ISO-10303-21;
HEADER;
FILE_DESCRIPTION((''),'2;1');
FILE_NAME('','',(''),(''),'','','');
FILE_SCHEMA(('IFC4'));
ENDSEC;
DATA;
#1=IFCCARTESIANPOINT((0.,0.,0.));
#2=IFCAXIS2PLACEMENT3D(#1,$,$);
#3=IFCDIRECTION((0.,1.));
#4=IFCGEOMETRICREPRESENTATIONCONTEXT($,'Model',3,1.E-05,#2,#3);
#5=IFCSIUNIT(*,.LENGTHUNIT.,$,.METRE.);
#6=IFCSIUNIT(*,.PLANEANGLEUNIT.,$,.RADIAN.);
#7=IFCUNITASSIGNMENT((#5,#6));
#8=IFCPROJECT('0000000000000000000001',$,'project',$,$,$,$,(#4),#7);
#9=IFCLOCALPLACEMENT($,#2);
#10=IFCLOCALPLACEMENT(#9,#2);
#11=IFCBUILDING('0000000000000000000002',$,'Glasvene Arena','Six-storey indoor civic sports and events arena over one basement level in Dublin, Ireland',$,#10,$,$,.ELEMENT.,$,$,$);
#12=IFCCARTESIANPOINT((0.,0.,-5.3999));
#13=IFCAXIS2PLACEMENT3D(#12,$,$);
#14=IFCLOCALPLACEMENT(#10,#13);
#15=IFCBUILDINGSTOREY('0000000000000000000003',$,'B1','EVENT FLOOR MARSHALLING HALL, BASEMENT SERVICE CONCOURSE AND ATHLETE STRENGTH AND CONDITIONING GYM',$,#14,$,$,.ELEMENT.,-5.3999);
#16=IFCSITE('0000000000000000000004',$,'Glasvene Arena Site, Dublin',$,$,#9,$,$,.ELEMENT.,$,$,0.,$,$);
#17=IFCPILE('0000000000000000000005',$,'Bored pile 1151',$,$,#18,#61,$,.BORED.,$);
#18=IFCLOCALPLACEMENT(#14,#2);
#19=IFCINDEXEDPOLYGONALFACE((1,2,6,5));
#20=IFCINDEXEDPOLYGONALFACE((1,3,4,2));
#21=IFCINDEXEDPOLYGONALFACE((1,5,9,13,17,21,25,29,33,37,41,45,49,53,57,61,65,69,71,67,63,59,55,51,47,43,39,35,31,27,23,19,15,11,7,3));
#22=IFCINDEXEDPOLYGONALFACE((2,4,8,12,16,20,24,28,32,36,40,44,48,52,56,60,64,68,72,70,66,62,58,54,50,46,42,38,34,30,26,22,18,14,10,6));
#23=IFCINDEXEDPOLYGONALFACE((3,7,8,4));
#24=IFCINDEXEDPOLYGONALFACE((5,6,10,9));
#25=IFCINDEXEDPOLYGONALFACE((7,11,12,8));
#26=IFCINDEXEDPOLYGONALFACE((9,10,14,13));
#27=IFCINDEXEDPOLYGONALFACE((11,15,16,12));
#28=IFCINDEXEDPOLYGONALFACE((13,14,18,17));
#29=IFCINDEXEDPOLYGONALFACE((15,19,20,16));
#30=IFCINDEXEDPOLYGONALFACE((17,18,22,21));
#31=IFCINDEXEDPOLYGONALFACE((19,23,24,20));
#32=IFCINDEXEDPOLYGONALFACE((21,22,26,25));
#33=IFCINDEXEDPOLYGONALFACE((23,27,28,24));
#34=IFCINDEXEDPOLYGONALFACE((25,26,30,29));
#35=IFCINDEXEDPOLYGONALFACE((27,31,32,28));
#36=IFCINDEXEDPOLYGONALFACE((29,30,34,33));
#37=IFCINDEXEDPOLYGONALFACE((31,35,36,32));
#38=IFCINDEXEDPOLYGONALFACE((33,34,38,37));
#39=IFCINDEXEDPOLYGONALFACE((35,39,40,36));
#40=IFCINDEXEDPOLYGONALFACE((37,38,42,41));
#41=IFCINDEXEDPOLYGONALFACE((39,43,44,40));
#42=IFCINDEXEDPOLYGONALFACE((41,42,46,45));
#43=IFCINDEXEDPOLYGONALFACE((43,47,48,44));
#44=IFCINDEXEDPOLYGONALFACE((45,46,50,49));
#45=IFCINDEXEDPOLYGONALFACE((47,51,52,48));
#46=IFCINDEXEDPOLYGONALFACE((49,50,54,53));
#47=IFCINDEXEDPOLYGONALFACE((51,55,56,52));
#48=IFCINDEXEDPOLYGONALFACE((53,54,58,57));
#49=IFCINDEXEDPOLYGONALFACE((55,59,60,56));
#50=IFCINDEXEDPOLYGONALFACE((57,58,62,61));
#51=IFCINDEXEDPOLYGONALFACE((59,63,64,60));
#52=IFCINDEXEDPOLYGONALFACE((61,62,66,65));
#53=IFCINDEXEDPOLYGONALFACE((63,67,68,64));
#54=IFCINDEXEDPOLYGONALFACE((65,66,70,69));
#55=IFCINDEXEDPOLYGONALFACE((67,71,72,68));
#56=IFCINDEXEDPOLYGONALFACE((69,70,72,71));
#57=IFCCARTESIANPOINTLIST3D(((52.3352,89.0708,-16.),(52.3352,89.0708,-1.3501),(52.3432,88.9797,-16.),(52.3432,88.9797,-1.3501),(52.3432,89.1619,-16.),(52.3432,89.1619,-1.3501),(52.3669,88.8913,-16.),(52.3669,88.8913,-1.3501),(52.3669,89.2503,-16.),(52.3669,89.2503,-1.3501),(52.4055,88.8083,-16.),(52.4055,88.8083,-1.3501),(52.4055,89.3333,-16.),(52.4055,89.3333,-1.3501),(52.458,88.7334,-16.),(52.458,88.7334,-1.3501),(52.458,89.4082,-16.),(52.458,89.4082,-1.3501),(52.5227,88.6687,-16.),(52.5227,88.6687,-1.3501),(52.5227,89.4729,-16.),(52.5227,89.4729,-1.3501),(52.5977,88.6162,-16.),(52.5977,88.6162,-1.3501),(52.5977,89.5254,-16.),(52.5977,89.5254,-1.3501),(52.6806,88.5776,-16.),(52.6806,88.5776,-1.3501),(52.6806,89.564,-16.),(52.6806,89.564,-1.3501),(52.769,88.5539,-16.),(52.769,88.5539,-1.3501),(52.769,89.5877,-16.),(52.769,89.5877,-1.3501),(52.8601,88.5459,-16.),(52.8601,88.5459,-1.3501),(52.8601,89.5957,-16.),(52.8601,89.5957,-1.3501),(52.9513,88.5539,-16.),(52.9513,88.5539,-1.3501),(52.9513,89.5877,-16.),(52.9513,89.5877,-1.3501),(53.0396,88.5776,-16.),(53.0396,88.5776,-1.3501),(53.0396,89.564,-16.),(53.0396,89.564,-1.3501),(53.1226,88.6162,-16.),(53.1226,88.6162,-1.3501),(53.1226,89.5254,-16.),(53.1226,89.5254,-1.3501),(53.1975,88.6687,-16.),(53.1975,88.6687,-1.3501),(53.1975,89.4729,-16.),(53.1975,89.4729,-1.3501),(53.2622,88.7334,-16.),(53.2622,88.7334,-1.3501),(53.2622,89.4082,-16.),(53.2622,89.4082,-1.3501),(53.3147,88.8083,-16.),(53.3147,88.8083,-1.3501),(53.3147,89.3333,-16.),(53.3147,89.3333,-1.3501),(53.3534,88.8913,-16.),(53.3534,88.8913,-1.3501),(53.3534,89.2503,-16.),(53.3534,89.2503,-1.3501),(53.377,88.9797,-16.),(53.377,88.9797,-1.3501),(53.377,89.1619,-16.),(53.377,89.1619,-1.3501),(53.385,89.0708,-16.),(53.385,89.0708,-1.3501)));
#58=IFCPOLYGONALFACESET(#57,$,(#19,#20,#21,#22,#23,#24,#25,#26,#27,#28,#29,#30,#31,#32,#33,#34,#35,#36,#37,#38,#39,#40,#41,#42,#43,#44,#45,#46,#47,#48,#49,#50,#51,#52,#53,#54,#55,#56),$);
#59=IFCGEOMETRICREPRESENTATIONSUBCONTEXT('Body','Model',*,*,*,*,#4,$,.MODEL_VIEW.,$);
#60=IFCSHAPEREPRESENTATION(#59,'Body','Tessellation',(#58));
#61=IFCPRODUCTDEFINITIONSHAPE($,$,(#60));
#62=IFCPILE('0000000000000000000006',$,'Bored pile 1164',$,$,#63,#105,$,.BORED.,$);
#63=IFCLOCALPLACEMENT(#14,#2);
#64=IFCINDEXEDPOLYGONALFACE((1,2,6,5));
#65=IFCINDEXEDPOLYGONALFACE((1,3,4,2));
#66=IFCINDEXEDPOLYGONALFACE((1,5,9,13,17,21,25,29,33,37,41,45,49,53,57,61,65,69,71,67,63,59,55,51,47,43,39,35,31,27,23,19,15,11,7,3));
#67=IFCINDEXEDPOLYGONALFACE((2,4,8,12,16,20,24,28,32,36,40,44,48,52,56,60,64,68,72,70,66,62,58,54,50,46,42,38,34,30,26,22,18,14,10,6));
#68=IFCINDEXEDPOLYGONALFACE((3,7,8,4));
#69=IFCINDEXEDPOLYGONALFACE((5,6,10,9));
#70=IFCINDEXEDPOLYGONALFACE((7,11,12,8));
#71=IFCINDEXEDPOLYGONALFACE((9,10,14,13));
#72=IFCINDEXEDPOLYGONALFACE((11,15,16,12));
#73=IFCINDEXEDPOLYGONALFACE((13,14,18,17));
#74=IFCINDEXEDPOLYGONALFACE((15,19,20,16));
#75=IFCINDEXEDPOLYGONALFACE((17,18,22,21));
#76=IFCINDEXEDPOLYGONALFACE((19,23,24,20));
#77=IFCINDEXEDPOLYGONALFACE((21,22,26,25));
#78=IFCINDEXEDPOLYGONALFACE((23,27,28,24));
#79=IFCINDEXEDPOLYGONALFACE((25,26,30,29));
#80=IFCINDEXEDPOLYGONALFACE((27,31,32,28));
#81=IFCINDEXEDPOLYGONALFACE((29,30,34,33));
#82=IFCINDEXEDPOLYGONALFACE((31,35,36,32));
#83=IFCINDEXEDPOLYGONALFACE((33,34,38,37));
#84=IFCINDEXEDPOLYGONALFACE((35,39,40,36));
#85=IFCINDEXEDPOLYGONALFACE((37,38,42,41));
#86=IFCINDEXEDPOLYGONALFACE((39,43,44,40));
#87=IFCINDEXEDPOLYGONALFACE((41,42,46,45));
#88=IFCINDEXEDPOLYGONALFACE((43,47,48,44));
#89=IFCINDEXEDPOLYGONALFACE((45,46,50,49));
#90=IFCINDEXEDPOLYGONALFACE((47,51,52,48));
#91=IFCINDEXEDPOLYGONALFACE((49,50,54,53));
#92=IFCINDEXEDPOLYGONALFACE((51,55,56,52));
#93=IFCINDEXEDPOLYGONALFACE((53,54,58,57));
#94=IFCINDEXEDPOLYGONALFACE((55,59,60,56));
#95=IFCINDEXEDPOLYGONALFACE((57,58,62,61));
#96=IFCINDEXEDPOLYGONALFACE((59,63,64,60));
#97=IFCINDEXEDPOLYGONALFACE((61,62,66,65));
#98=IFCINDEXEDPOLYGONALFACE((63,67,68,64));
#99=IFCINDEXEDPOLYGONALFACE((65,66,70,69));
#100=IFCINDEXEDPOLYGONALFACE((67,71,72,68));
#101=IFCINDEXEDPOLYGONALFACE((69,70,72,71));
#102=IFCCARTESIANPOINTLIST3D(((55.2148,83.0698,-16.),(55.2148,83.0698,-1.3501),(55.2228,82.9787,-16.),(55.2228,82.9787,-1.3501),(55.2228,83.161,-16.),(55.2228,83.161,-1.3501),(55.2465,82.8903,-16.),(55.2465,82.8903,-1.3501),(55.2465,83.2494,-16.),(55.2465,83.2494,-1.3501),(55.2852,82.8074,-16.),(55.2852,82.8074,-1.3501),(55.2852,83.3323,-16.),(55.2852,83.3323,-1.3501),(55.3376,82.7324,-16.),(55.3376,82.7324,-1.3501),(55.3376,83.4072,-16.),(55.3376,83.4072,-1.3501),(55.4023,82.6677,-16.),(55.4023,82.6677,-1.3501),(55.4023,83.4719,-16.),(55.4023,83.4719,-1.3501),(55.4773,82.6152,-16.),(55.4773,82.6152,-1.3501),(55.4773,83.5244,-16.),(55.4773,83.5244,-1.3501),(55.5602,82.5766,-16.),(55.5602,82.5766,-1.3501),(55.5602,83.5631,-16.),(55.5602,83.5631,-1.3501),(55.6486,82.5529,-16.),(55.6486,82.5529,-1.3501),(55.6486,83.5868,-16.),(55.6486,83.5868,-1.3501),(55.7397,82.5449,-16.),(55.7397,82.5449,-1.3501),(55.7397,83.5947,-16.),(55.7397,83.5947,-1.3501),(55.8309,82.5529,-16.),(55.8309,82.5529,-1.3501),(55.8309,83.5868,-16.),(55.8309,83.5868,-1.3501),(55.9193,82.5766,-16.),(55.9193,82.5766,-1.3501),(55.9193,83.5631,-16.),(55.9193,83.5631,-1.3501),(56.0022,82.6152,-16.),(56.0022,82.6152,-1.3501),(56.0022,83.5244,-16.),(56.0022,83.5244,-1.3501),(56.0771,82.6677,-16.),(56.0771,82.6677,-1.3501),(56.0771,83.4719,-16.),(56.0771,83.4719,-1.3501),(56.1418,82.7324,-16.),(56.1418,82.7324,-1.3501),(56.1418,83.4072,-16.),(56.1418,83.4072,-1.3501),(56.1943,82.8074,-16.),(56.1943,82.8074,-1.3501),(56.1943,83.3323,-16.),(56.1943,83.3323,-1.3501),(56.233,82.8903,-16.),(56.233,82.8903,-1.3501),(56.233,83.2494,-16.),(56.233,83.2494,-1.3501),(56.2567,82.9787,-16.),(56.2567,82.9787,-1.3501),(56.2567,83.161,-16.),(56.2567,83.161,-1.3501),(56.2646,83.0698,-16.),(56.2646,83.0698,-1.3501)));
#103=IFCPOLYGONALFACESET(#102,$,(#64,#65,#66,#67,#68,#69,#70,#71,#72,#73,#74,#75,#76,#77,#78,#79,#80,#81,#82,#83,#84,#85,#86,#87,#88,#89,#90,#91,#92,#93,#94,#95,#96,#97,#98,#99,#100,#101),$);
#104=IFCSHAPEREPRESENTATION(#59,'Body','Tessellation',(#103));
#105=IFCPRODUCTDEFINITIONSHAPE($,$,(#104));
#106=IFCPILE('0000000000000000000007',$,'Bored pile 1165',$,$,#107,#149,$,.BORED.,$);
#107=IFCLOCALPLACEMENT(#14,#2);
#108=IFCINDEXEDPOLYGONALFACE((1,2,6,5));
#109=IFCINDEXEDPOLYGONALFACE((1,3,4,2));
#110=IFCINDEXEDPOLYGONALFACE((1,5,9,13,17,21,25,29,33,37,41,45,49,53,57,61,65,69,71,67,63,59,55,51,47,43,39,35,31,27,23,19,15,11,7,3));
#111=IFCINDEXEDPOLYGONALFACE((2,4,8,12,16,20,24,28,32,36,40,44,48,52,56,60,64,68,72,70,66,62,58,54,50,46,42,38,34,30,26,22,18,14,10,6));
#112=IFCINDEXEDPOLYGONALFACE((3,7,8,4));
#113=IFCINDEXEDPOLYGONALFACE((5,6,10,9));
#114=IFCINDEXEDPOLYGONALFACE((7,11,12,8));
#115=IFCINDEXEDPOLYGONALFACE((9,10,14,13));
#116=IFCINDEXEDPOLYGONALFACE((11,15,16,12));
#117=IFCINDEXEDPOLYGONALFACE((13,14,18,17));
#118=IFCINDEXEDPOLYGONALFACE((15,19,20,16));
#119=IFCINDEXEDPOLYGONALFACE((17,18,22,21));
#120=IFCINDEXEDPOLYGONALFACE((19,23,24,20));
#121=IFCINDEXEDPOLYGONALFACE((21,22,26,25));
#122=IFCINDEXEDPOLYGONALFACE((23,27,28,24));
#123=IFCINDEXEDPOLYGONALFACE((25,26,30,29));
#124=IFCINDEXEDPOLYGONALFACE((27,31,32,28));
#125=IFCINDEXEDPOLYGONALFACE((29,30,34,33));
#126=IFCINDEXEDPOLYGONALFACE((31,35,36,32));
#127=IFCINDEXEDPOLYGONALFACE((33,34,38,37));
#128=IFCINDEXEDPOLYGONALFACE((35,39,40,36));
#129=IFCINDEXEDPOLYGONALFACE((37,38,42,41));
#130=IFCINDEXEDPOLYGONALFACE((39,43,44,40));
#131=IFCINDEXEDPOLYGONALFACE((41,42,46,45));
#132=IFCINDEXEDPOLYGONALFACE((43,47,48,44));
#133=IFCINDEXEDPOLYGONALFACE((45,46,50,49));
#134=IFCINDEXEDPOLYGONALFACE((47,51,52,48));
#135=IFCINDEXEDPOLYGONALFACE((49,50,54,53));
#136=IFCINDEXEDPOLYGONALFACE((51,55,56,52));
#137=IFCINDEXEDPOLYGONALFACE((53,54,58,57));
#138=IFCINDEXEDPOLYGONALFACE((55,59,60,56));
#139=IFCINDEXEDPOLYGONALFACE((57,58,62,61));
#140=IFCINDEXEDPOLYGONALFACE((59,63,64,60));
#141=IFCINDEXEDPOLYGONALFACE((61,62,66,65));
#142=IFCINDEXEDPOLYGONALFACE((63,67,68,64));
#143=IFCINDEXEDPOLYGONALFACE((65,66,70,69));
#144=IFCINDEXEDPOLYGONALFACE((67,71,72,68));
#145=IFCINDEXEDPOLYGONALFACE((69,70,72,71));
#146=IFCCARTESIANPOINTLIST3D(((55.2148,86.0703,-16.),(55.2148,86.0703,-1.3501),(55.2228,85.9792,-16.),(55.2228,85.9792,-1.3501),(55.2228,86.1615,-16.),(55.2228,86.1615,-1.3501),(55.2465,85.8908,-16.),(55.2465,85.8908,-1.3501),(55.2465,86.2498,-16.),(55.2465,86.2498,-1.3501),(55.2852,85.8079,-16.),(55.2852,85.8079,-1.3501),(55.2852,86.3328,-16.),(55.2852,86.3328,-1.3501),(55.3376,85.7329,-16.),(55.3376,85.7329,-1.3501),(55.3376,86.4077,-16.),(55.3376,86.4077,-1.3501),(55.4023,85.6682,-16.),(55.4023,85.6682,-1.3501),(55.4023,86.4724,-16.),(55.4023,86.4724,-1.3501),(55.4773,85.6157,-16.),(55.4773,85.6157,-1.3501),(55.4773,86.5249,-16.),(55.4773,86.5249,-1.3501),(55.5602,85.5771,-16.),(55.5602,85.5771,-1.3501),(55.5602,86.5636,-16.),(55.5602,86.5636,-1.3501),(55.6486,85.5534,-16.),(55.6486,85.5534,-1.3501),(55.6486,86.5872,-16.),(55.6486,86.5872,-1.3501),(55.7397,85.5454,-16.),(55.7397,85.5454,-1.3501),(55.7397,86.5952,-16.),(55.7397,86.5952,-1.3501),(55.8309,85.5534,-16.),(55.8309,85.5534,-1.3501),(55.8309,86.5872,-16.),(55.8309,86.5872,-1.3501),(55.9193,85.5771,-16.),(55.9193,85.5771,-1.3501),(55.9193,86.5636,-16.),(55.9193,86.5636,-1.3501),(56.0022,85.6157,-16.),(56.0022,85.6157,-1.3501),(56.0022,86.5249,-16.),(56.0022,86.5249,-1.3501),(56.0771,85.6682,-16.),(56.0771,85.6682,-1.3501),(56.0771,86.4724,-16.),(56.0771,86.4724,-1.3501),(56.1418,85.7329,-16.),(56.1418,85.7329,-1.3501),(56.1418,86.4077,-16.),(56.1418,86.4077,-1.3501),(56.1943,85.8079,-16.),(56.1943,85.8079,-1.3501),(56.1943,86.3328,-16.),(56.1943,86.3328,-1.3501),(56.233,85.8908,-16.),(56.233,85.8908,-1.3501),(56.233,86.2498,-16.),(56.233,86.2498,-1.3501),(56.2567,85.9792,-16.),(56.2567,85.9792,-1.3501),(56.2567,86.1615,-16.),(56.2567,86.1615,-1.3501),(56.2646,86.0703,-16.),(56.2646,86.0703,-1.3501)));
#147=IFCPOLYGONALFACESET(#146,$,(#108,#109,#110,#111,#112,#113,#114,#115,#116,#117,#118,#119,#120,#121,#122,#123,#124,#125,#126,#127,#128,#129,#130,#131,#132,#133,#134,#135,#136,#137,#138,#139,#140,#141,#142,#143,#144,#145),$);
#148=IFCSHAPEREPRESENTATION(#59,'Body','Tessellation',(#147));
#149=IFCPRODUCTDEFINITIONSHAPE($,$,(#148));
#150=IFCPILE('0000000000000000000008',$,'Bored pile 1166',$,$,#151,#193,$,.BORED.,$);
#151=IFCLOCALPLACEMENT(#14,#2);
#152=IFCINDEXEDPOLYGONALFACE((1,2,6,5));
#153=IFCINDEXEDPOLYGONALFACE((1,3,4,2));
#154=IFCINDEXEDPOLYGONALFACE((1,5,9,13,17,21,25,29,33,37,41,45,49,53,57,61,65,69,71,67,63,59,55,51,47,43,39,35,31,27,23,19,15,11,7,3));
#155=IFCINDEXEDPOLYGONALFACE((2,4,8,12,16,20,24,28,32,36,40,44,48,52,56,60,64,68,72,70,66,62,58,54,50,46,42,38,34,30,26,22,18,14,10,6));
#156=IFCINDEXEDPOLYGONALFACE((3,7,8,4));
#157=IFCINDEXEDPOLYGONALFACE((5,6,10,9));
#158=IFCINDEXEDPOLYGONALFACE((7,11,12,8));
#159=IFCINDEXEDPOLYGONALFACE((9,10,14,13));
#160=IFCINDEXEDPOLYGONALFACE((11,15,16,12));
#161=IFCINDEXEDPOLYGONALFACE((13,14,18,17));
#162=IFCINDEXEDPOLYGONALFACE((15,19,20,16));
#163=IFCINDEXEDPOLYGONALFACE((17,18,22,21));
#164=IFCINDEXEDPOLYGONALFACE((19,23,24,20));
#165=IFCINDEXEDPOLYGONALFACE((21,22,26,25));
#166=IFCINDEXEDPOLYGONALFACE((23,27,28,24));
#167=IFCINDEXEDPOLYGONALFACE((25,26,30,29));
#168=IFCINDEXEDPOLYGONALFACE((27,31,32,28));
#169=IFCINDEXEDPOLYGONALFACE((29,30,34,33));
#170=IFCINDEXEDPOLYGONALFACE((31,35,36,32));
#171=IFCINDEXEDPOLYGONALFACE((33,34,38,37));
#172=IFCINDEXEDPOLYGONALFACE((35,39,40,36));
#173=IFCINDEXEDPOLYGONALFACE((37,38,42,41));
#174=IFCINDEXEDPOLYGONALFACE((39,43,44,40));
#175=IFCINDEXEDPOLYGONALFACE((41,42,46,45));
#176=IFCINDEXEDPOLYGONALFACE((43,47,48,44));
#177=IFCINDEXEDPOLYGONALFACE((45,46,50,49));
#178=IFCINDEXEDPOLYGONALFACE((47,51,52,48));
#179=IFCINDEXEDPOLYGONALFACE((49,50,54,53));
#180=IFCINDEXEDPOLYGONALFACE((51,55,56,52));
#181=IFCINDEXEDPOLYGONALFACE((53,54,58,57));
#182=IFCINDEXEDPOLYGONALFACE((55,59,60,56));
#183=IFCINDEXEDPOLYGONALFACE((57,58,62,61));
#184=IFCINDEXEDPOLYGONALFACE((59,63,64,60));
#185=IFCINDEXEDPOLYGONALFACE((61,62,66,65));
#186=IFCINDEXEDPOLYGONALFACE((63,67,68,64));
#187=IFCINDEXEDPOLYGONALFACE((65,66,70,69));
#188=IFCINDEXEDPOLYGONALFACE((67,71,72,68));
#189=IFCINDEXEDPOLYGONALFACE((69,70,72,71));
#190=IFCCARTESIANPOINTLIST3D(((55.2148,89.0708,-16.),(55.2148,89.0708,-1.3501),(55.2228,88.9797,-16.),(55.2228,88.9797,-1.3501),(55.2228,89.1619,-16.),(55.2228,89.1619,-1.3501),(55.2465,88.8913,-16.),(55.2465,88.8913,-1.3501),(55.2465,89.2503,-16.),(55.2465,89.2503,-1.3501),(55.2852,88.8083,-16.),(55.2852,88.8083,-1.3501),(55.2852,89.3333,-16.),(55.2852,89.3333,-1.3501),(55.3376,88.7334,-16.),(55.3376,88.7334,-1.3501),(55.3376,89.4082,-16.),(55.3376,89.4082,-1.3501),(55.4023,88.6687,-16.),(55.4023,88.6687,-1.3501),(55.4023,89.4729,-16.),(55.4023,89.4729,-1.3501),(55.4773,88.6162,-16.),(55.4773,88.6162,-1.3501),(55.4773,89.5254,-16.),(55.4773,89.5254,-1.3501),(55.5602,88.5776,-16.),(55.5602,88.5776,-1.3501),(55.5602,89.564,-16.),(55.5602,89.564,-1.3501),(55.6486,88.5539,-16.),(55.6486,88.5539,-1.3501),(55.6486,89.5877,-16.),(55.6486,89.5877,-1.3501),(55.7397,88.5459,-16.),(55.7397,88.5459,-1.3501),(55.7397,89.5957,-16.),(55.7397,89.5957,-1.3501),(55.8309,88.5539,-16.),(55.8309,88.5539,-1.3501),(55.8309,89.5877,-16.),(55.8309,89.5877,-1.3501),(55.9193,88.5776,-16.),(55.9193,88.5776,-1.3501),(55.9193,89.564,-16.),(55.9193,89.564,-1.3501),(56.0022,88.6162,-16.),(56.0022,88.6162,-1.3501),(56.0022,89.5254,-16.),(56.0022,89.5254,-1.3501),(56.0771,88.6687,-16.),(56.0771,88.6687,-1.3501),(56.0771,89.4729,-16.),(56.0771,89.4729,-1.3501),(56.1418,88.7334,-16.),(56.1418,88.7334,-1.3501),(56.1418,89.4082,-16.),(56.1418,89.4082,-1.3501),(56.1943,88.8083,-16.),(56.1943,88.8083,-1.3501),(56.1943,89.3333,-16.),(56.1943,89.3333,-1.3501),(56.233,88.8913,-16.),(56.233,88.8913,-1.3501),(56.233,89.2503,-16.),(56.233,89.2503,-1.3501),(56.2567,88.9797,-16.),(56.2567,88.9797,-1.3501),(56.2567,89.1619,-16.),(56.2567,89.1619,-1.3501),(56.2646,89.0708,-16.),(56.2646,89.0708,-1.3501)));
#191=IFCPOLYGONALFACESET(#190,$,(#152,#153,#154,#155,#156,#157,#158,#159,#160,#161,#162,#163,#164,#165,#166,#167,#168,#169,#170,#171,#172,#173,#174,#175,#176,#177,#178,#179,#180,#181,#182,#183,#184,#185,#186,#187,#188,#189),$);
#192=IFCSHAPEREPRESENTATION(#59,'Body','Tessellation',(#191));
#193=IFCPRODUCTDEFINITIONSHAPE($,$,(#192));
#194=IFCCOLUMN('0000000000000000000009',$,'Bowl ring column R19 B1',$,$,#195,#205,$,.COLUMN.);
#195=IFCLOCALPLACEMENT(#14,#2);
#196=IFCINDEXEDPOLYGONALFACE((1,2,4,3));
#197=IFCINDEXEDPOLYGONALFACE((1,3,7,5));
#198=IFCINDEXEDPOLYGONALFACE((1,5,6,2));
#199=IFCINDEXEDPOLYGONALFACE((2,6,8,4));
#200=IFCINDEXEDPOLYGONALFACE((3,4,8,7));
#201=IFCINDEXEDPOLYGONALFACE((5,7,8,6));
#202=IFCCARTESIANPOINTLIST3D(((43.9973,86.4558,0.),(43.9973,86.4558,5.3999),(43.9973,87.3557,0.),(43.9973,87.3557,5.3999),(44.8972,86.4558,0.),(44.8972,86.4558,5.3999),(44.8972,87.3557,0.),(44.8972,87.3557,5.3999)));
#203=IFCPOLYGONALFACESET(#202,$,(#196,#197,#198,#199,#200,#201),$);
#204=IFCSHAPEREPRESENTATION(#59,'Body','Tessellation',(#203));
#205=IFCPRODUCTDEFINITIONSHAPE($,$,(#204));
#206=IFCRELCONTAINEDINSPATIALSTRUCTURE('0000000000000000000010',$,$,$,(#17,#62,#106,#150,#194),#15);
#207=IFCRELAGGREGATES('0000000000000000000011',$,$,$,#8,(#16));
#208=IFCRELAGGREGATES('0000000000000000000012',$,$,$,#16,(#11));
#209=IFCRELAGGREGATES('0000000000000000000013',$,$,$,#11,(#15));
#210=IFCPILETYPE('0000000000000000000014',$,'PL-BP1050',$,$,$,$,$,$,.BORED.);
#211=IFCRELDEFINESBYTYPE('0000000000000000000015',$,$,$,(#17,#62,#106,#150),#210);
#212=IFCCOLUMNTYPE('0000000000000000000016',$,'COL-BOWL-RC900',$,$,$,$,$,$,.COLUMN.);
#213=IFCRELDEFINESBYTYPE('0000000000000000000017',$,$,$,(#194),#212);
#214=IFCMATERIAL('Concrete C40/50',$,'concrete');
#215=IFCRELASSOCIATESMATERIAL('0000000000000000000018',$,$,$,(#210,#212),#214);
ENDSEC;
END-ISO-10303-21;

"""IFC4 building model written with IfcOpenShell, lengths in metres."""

from ifc_helpers import new_model, si_unit, direction, frame, origin, origin_2d, place, context, subcontext, project, spatial, rectangle, circle, extrude, material, material_profile, profile_set, type_object, element, save


model = new_model("IFC4")

# Units and contexts
model_context = context("Model", 3, precision=1e-05, world=origin(), true_north=direction((0.0, 1.0)))
body_context = subcontext(model_context, "Body", "Model", "MODEL_VIEW")
ifc_project = project(units=[si_unit("LENGTHUNIT", "METRE"), si_unit("PLANEANGLEUNIT", "RADIAN")], contexts=[model_context])

# Site, building, storey
site_placement = place(None, origin())
site = spatial("IfcSite", under=ifc_project, at=site_placement, Name="Glasvene Arena Site, Dublin", CompositionType="ELEMENT", RefElevation=0.0)
building_placement = place(site_placement, origin())
building = spatial("IfcBuilding", under=site, at=building_placement, Name="Glasvene Arena", Description="Six-storey indoor civic sports and events arena over one basement level in Dublin, Ireland", CompositionType="ELEMENT")
storey_placement = place(building_placement, frame((0.0, 0.0, -5.3999)))
storey = spatial("IfcBuildingStorey", under=building, at=storey_placement, Name="B1", Description="EVENT FLOOR MARSHALLING HALL, BASEMENT SERVICE CONCOURSE AND ATHLETE STRENGTH AND CONDITIONING GYM", CompositionType="ELEMENT", Elevation=-5.3999)

# Piles
ifc_material_1 = material(Name="Concrete C40/50", Category="concrete")
ifc_material_profile_1 = material_profile(ifc_material_1, circle(Radius=0.5249, at=origin_2d()), Name="BORED PILE 1050")
ifc_profile_set_1 = profile_set([ifc_material_profile_1], Name="Concrete C40/50")
pile_type = type_object("IfcPileType", Name="PL-BP1050", PredefinedType="BORED", material=ifc_profile_set_1)
for number, where, z_axis, x_axis, name in (
    (1, (52.8601, 89.0708, -1.3501), (0.0, 0.0, -1.0), (1.0, 0.0, 0.0), "Bored pile 1151"),
    (2, (55.7397, 83.0698, -1.3501), (0.0, 0.0, -1.0), (1.0, 0.0, 0.0), "Bored pile 1164"),
    (3, (55.7397, 86.0703, -1.3501), (0.0, 0.0, -1.0), (1.0, 0.0, 0.0), "Bored pile 1165"),
    (4, (55.7397, 89.0708, -1.3501), (0.0, 0.0, -1.0), (1.0, 0.0, 0.0), "Bored pile 1166"),
):
    element("IfcPile", number, at=place(storey_placement, frame(where, z_axis=z_axis, x_axis=x_axis)), inside=storey, type_object=pile_type, Name=name, PredefinedType="BORED", context=body_context, shape_type="SweptSolid", body=[
        extrude(circle(Radius=0.5249, at=origin_2d()), origin(), (0.0, 0.0, 1.0), 14.6499),
    ])

# Column
ifc_material_profile_2 = material_profile(ifc_material_1, rectangle(XDim=0.8999, YDim=0.8999, at=origin_2d()), Name="RC 900x900")
ifc_profile_set_2 = profile_set([ifc_material_profile_2], Name="Concrete C40/50")
column_type_1 = type_object("IfcColumnType", Name="COL-BOWL-RC900", PredefinedType="COLUMN", material=ifc_profile_set_2)
column_placement = place(storey_placement, frame((44.4473, 86.9058, 0.0), z_axis=(0.0, 0.0, 1.0), x_axis=(1.0, 0.0, 0.0)))
element("IfcColumn", 5, at=column_placement, inside=storey, type_object=column_type_1, Name="Bowl ring column R19 B1", PredefinedType="COLUMN", context=body_context, shape_type="SweptSolid", body=[
    extrude(rectangle(XDim=0.8999, YDim=0.8999, at=origin_2d()), origin(), (0.0, 0.0, 1.0), 5.3999),
])

save(model, "model.ifc")
